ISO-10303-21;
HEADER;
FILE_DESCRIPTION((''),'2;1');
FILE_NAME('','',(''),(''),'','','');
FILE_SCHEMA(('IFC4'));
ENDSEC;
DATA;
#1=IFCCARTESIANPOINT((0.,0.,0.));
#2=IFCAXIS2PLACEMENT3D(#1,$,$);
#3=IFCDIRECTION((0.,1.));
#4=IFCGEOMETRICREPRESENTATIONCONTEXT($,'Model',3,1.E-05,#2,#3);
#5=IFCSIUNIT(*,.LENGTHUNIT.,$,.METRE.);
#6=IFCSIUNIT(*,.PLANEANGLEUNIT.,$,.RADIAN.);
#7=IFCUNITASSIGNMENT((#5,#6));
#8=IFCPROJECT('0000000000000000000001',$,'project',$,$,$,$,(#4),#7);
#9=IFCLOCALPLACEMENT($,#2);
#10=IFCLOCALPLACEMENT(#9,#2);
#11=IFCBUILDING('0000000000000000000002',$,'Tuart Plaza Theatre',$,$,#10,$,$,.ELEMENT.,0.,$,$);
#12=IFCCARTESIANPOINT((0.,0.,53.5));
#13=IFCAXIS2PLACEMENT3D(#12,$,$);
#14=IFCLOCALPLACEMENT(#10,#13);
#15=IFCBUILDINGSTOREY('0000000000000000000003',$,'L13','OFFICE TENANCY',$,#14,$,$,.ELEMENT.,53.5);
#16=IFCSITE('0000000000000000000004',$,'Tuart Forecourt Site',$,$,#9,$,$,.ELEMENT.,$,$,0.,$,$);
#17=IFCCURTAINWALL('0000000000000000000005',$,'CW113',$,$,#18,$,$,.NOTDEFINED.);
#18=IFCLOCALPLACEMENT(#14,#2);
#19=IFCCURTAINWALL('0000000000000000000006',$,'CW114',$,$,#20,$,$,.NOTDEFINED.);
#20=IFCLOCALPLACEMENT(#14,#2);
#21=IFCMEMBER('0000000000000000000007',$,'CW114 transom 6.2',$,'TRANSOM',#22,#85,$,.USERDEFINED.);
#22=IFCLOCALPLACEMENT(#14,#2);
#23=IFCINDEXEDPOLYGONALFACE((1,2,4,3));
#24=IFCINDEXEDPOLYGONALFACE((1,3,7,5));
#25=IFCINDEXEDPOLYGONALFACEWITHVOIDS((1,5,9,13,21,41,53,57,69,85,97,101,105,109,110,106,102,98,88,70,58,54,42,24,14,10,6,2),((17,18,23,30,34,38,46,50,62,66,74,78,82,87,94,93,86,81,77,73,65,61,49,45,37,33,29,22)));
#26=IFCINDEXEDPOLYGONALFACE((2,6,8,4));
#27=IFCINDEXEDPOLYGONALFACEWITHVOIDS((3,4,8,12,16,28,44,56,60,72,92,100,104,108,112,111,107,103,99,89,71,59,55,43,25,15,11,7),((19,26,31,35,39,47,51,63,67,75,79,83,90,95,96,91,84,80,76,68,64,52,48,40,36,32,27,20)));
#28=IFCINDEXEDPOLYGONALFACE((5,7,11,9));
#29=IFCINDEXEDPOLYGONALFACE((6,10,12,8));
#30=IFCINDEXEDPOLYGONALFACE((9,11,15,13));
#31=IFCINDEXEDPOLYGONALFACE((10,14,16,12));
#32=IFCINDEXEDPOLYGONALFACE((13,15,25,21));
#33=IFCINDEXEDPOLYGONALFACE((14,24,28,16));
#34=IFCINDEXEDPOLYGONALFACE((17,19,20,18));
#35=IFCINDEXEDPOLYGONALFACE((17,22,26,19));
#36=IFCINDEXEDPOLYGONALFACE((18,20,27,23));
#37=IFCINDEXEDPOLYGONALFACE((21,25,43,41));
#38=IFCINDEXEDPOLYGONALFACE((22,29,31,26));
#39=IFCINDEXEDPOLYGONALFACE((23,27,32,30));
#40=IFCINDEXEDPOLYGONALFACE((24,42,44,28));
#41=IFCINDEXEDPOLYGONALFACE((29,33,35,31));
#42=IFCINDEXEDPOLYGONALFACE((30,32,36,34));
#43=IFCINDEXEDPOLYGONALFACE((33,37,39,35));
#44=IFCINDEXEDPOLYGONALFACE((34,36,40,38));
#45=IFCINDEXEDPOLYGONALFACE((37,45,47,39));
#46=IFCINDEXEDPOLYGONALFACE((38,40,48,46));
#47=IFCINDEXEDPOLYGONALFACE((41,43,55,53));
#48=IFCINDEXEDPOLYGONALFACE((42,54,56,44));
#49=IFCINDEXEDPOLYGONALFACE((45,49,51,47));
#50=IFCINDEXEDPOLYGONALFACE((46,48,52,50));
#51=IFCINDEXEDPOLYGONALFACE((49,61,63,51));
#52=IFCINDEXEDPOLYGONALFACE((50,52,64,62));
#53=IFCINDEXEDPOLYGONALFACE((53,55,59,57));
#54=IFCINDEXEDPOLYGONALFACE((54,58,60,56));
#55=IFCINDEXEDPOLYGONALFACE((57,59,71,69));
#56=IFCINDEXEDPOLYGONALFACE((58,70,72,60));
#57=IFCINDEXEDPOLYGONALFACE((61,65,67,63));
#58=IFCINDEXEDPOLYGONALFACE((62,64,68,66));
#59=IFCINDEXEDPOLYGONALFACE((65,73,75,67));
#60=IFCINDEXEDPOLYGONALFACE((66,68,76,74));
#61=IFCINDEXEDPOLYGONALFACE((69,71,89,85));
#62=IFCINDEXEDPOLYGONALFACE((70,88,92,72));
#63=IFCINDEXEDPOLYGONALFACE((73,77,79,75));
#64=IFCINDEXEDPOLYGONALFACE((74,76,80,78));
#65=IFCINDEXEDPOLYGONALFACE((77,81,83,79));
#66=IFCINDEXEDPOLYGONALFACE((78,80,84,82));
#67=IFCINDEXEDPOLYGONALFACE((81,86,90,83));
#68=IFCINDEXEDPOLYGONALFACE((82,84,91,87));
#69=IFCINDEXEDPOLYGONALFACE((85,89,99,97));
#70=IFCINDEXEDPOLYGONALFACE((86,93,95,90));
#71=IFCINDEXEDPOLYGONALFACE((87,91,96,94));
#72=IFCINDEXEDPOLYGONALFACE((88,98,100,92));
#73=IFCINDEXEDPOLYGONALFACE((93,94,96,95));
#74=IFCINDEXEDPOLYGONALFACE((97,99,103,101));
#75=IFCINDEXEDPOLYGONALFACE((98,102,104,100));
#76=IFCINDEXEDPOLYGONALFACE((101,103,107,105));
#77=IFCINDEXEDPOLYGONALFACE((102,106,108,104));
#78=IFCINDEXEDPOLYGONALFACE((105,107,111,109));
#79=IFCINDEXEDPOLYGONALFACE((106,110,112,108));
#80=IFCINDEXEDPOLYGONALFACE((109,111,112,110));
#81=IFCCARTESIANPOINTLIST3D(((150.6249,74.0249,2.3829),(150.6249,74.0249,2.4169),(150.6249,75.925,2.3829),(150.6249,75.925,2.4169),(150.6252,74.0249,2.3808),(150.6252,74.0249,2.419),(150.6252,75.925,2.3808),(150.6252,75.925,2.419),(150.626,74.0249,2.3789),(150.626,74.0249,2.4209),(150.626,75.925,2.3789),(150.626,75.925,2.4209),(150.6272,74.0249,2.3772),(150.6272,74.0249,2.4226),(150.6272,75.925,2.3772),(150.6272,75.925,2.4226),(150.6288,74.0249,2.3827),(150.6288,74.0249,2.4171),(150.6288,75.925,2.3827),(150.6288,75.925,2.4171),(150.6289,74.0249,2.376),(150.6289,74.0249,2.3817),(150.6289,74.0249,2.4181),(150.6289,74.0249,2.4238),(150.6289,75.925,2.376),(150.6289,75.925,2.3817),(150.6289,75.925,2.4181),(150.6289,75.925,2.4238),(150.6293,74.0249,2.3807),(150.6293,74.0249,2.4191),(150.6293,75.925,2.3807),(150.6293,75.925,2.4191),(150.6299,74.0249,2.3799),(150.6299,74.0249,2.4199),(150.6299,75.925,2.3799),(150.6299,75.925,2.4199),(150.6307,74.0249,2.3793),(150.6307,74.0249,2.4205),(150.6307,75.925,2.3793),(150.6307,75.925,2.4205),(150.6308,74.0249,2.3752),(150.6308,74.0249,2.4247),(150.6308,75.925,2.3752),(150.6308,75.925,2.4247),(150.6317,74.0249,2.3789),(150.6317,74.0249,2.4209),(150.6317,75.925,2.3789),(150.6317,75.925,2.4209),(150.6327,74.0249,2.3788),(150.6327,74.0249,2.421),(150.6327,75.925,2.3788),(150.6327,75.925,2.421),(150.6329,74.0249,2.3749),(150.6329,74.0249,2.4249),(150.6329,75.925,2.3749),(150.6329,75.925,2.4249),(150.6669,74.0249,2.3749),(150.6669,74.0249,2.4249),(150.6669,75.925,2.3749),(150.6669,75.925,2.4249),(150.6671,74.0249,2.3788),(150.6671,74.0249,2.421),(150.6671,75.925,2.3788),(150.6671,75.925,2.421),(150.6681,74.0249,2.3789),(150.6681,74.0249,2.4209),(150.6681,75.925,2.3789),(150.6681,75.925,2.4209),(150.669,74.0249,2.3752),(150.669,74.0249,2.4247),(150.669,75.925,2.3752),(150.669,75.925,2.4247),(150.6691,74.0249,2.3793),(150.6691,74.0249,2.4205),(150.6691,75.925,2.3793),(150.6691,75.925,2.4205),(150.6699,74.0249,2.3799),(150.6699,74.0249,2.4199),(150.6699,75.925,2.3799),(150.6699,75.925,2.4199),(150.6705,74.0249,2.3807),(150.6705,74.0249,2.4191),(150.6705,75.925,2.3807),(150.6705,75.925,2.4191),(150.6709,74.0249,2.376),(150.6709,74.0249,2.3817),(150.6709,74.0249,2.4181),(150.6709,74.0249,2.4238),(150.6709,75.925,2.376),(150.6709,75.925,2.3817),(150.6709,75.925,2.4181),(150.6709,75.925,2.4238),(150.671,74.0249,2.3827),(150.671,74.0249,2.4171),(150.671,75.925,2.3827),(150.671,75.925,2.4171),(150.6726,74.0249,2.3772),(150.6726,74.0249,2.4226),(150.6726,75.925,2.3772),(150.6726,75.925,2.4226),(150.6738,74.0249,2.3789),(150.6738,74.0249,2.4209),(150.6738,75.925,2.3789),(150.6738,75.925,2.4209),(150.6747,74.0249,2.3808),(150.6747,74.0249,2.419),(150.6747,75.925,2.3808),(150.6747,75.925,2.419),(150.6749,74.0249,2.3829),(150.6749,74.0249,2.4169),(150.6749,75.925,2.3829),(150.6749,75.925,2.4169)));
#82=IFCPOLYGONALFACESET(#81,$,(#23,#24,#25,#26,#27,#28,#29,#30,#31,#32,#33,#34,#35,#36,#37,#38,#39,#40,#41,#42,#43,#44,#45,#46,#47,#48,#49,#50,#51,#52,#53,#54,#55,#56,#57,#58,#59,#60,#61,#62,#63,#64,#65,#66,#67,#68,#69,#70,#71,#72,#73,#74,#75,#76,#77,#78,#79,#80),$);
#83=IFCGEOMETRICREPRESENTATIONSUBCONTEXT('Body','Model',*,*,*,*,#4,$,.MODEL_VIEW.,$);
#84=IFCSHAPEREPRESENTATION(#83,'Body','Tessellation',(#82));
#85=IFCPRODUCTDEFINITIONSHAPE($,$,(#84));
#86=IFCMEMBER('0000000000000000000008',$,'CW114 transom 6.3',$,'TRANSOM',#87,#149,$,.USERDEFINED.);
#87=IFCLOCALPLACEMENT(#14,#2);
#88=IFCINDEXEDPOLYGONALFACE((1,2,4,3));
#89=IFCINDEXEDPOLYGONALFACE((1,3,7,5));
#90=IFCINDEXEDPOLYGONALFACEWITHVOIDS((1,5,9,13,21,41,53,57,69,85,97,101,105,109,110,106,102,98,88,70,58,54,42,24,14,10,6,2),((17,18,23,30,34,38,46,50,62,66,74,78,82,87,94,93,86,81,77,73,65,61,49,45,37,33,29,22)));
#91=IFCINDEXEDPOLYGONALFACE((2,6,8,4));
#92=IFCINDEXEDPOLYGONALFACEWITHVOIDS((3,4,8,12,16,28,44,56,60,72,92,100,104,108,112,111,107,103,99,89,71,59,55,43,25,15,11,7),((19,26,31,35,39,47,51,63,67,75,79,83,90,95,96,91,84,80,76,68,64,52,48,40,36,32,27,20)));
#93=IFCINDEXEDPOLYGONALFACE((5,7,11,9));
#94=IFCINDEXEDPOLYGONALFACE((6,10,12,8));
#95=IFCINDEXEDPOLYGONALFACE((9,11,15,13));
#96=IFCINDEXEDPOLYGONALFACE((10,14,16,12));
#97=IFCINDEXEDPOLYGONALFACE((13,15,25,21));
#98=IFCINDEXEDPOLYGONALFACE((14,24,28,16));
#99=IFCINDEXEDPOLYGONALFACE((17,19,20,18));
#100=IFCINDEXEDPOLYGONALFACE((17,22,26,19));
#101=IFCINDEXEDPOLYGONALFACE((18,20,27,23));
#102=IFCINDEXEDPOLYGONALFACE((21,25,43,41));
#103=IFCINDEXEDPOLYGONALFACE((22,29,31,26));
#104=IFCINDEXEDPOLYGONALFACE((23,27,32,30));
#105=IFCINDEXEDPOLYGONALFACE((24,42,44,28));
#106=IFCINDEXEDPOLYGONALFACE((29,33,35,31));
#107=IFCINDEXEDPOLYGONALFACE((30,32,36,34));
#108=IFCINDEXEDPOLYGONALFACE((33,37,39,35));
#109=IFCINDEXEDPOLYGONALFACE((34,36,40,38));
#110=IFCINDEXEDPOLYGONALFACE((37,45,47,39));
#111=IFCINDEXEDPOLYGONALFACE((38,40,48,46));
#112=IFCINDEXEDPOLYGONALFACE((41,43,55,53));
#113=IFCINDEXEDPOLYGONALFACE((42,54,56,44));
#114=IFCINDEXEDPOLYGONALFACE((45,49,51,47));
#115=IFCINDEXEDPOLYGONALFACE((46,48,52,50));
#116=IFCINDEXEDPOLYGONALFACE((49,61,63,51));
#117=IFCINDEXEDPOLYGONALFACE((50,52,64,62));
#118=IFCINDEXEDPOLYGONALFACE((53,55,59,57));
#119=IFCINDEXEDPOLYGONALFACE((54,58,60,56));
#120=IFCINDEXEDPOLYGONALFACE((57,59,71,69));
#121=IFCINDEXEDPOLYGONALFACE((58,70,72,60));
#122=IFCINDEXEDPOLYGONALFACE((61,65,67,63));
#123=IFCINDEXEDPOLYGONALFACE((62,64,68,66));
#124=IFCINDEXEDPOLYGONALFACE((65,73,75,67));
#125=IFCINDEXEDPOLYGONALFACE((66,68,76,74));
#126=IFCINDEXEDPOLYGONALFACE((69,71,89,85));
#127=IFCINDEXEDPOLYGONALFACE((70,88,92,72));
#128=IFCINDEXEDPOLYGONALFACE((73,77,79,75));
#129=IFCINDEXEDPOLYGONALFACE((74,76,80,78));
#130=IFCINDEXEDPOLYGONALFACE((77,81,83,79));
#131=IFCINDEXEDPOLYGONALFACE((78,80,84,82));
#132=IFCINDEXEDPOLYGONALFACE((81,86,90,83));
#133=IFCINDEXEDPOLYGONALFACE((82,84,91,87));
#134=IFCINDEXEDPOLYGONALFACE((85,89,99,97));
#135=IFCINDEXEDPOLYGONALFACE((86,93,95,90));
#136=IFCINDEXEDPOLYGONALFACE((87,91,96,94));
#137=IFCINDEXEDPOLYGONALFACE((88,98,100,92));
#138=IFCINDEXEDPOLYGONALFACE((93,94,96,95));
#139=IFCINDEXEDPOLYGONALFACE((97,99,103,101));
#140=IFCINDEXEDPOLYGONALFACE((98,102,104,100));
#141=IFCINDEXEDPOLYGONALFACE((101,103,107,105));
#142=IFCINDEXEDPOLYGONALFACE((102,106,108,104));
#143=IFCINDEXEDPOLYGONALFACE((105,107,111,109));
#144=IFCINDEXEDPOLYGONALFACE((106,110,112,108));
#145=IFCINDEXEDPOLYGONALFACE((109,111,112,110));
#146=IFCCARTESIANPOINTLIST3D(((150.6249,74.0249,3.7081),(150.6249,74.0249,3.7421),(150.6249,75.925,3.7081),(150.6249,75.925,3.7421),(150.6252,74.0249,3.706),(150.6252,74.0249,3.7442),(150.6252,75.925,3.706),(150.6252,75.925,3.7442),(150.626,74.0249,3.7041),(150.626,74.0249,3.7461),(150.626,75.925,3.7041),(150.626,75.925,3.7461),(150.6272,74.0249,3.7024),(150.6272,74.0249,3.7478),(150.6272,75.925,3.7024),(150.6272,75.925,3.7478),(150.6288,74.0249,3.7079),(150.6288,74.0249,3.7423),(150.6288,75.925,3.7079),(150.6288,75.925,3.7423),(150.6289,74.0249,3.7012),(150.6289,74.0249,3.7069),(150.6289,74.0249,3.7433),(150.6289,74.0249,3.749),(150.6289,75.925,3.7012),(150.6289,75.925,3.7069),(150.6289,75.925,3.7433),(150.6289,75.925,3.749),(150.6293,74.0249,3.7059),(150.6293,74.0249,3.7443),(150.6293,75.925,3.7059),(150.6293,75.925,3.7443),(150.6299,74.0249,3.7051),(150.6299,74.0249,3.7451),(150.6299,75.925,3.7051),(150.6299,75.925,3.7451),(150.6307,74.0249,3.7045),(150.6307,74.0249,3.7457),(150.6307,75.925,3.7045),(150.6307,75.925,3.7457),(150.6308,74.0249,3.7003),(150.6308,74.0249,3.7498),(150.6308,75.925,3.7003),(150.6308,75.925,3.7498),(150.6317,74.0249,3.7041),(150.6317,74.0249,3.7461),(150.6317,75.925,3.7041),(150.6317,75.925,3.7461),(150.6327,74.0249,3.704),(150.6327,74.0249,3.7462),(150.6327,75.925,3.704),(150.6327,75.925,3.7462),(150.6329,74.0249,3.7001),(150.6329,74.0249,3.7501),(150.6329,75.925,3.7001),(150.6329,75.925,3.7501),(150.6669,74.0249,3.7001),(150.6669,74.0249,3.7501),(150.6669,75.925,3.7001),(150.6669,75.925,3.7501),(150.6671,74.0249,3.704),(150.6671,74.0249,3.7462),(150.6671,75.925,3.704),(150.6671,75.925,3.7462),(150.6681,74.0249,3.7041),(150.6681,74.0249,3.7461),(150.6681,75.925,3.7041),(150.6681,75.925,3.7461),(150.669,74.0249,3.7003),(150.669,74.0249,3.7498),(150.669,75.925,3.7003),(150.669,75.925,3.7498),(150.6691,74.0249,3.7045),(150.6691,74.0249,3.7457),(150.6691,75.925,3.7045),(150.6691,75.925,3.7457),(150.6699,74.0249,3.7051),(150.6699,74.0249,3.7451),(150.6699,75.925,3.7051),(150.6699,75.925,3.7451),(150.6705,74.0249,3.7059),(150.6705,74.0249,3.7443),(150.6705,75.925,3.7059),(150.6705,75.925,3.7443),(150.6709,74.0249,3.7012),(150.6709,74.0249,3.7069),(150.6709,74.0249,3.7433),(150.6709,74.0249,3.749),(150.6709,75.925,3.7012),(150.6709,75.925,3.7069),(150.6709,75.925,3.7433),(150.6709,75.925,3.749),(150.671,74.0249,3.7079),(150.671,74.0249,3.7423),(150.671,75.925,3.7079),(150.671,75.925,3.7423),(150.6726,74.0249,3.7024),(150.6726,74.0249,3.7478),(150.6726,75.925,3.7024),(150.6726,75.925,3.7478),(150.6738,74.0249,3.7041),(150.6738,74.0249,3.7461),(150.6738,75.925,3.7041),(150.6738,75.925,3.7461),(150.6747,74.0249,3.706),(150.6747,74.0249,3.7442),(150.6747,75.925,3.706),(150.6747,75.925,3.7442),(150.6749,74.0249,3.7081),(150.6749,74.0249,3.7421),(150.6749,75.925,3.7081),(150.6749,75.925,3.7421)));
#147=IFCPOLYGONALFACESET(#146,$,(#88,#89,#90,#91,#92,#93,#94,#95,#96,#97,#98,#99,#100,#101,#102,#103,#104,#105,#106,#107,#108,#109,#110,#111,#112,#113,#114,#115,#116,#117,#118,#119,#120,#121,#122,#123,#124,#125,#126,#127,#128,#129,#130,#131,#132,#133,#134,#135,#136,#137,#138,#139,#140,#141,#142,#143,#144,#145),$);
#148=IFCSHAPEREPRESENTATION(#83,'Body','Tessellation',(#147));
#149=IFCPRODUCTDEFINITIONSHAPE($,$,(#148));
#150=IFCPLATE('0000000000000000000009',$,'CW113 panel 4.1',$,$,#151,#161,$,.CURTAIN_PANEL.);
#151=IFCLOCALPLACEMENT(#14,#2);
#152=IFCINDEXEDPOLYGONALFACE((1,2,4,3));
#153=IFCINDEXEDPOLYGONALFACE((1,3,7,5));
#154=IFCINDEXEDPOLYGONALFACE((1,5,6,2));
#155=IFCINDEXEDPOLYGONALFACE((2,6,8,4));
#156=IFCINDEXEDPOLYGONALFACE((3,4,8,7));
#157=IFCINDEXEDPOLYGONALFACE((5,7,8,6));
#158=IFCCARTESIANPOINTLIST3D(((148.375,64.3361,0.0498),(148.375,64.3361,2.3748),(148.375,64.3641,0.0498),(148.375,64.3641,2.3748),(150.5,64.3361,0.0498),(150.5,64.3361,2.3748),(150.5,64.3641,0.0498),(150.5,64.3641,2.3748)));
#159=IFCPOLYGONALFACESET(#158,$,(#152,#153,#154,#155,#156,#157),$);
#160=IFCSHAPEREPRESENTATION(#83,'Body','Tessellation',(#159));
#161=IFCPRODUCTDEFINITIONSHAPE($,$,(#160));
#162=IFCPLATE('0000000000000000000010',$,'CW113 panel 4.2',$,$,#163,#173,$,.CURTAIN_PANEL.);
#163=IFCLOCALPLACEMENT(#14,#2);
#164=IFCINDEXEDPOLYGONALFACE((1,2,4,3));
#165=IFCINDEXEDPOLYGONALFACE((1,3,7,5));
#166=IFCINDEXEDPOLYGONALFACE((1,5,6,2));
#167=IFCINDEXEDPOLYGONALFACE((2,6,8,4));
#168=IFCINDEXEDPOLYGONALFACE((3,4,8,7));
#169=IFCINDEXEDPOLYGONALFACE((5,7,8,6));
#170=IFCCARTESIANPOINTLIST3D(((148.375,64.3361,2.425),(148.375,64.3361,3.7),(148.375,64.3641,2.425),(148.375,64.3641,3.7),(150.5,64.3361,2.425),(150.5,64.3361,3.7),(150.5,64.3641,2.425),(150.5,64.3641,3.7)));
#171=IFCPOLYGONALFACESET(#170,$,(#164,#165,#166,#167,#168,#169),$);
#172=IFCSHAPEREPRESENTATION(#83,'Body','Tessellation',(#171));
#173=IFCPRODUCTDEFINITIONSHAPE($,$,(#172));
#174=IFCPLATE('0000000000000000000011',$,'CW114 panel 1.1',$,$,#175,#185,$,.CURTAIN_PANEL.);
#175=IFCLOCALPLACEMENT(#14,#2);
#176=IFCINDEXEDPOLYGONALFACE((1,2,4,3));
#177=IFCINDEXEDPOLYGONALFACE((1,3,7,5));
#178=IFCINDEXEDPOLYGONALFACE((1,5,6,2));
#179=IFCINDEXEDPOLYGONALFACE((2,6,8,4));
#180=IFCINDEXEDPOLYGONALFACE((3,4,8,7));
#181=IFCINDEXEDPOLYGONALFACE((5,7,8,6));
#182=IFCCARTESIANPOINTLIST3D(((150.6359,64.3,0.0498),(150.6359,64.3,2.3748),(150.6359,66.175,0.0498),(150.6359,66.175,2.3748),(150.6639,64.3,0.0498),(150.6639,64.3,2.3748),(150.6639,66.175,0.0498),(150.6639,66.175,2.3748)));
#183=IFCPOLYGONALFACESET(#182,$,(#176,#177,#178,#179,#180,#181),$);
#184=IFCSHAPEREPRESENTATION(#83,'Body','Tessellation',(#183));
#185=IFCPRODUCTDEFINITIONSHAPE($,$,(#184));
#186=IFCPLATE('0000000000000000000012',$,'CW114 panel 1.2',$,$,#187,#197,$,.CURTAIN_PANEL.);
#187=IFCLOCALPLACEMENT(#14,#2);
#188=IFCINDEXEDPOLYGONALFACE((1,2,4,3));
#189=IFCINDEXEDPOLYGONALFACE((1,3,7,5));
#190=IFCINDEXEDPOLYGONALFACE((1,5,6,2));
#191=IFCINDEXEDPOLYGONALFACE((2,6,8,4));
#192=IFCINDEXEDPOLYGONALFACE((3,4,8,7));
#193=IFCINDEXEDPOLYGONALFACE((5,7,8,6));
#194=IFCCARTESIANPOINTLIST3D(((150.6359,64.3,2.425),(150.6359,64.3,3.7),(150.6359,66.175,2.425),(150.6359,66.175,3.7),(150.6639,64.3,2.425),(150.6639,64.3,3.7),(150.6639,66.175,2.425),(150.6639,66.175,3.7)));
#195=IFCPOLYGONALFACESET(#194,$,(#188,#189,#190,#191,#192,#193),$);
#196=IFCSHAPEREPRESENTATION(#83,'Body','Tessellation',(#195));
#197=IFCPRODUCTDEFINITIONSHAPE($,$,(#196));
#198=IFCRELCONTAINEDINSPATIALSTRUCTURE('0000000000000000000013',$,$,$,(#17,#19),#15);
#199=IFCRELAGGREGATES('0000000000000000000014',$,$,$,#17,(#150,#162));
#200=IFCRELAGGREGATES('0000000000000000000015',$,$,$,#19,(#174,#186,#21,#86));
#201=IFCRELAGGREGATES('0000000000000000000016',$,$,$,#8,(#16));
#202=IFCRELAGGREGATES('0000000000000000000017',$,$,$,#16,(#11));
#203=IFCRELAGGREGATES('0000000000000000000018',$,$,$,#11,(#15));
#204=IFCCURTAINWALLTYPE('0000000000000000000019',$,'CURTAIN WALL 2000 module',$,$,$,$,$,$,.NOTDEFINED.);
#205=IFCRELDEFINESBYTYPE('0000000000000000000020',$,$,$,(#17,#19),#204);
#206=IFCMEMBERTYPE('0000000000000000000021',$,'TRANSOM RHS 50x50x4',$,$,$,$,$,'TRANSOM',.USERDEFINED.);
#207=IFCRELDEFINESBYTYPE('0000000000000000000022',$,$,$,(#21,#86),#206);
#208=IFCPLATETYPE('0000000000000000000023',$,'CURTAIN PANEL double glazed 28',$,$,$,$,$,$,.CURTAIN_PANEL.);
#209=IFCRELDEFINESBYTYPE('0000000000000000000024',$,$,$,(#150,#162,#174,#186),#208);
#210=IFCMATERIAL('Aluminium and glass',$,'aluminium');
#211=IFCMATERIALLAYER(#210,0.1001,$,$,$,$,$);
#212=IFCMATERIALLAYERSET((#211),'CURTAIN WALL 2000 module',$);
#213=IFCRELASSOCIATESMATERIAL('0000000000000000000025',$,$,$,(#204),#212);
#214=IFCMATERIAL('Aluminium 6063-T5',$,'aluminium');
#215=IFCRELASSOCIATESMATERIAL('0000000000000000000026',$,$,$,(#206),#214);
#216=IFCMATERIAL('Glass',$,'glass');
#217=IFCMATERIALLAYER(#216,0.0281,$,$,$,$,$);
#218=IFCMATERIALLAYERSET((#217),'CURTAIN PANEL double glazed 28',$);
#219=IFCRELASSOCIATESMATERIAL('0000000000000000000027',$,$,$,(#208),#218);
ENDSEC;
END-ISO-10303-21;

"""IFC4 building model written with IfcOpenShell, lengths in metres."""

from ifc_helpers import new_model, si_unit, direction, frame, origin, origin_2d, place, context, subcontext, project, spatial, rectangle, hollow_rectangle, extrude, material, layer, layer_set, material_profile, profile_set, type_object, element, aggregate, save


model = new_model("IFC4")

# Units and contexts
model_context = context("Model", 3, precision=1e-05, world=origin(), true_north=direction((0.0, 1.0)))
body_context = subcontext(model_context, "Body", "Model", "MODEL_VIEW")
ifc_project = project(units=[si_unit("LENGTHUNIT", "METRE"), si_unit("PLANEANGLEUNIT", "RADIAN")], contexts=[model_context])

# Site, building, storey
site_placement = place(None, origin())
site = spatial("IfcSite", under=ifc_project, at=site_placement, Name="Tuart Forecourt Site", CompositionType="ELEMENT", RefElevation=0.0)
building_placement = place(site_placement, origin())
building = spatial("IfcBuilding", under=site, at=building_placement, Name="Tuart Plaza Theatre", CompositionType="ELEMENT", ElevationOfRefHeight=0.0)
storey_placement = place(building_placement, frame((0.0, 0.0, 53.5)))
storey = spatial("IfcBuildingStorey", under=building, at=storey_placement, Name="L13", Description="OFFICE TENANCY", CompositionType="ELEMENT", Elevation=53.5)

# Curtain wall
ifc_material_1 = material(Name="Aluminium and glass", Category="aluminium")
ifc_layer_1 = layer(ifc_material_1, 0.1001)
ifc_layer_set_1 = layer_set([ifc_layer_1], Name="CURTAIN WALL 2000 module")
curtain_wall_type = type_object("IfcCurtainWallType", Name="CURTAIN WALL 2000 module", PredefinedType="NOTDEFINED", material=ifc_layer_set_1)
curtain_wall_1_placement = place(storey_placement, origin())
curtain_wall_1 = element("IfcCurtainWall", 1, at=curtain_wall_1_placement, inside=storey, type_object=curtain_wall_type, Name="CW113", PredefinedType="NOTDEFINED")

# Curtain wall, members
curtain_wall_2_placement = place(storey_placement, origin())
curtain_wall_2 = element("IfcCurtainWall", 2, at=curtain_wall_2_placement, inside=storey, type_object=curtain_wall_type, Name="CW114", PredefinedType="NOTDEFINED")
ifc_material_2 = material(Name="Aluminium 6063-T5", Category="aluminium")
ifc_material_profile_1 = material_profile(ifc_material_2, hollow_rectangle(XDim=0.05, YDim=0.05, WallThickness=0.0039, InnerFilletRadius=0.0039, OuterFilletRadius=0.0081, at=origin_2d()), Name="RHS 50x50x4")
ifc_profile_set_1 = profile_set([ifc_material_profile_1], Name="Aluminium 6063-T5")
member_type_1 = type_object("IfcMemberType", Name="TRANSOM RHS 50x50x4", ElementType="TRANSOM", PredefinedType="USERDEFINED", material=ifc_profile_set_1)
member_1_placement = place(storey_placement, frame((150.6499, 74.0249, 2.3999), z_axis=(0.0, 1.0, 0.0), x_axis=(-1.0, 0.0, 0.0)))
member_1 = element("IfcMember", 3, at=member_1_placement, type_object=member_type_1, Name="CW114 transom 6.2", ObjectType="TRANSOM", PredefinedType="USERDEFINED", context=body_context, shape_type="SweptSolid", body=[
    extrude(hollow_rectangle(XDim=0.05, YDim=0.05, WallThickness=0.0039, InnerFilletRadius=0.0039, OuterFilletRadius=0.0081, at=origin_2d()), origin(), (0.0, 0.0, 1.0), 1.9001),
])
member_2_placement = place(storey_placement, frame((150.6499, 74.0249, 3.7251), z_axis=(0.0, 1.0, 0.0), x_axis=(-1.0, 0.0, 0.0)))
member_2 = element("IfcMember", 4, at=member_2_placement, type_object=member_type_1, Name="CW114 transom 6.3", ObjectType="TRANSOM", PredefinedType="USERDEFINED", context=body_context, shape_type="SweptSolid", body=[
    extrude(hollow_rectangle(XDim=0.05, YDim=0.05, WallThickness=0.0039, InnerFilletRadius=0.0039, OuterFilletRadius=0.0081, at=origin_2d()), origin(), (0.0, 0.0, 1.0), 1.9001),
])

# Plates
ifc_material_3 = material(Name="Glass", Category="glass")
ifc_layer_2 = layer(ifc_material_3, 0.0281)
ifc_layer_set_2 = layer_set([ifc_layer_2], Name="CURTAIN PANEL double glazed 28")
plate_type = type_object("IfcPlateType", Name="CURTAIN PANEL double glazed 28", PredefinedType="CURTAIN_PANEL", material=ifc_layer_set_2)
plate_1_placement = place(storey_placement, frame((149.4375, 64.3501, 0.0498), z_axis=(0.0, 0.0, 1.0), x_axis=(1.0, 0.0, 0.0)))
plate_1 = element("IfcPlate", 5, at=plate_1_placement, type_object=plate_type, Name="CW113 panel 4.1", PredefinedType="CURTAIN_PANEL", context=body_context, shape_type="SweptSolid", body=[
    extrude(rectangle(XDim=2.125, YDim=0.0281, at=origin_2d()), origin(), (0.0, 0.0, 1.0), 2.325),
])
plate_2_placement = place(storey_placement, frame((149.4375, 64.3501, 2.425), z_axis=(0.0, 0.0, 1.0), x_axis=(1.0, 0.0, 0.0)))
plate_2 = element("IfcPlate", 6, at=plate_2_placement, type_object=plate_type, Name="CW113 panel 4.2", PredefinedType="CURTAIN_PANEL", context=body_context, shape_type="SweptSolid", body=[
    extrude(rectangle(XDim=2.125, YDim=0.0281, at=origin_2d()), origin(), (0.0, 0.0, 1.0), 1.2749),
])
aggregate(curtain_wall_1, [plate_1, plate_2])
plate_3_placement = place(storey_placement, frame((150.6499, 65.2375, 0.0498), z_axis=(0.0, 0.0, 1.0), x_axis=(0.0, 1.0, 0.0)))
plate_3 = element("IfcPlate", 7, at=plate_3_placement, type_object=plate_type, Name="CW114 panel 1.1", PredefinedType="CURTAIN_PANEL", context=body_context, shape_type="SweptSolid", body=[
    extrude(rectangle(XDim=1.875, YDim=0.0281, at=origin_2d()), origin(), (0.0, 0.0, 1.0), 2.325),
])
plate_4_placement = place(storey_placement, frame((150.6499, 65.2375, 2.425), z_axis=(0.0, 0.0, 1.0), x_axis=(0.0, 1.0, 0.0)))
plate_4 = element("IfcPlate", 8, at=plate_4_placement, type_object=plate_type, Name="CW114 panel 1.2", PredefinedType="CURTAIN_PANEL", context=body_context, shape_type="SweptSolid", body=[
    extrude(rectangle(XDim=1.875, YDim=0.0281, at=origin_2d()), origin(), (0.0, 0.0, 1.0), 1.2749),
])
aggregate(curtain_wall_2, [plate_3, plate_4, member_1, member_2])

save(model, "model.ifc")
